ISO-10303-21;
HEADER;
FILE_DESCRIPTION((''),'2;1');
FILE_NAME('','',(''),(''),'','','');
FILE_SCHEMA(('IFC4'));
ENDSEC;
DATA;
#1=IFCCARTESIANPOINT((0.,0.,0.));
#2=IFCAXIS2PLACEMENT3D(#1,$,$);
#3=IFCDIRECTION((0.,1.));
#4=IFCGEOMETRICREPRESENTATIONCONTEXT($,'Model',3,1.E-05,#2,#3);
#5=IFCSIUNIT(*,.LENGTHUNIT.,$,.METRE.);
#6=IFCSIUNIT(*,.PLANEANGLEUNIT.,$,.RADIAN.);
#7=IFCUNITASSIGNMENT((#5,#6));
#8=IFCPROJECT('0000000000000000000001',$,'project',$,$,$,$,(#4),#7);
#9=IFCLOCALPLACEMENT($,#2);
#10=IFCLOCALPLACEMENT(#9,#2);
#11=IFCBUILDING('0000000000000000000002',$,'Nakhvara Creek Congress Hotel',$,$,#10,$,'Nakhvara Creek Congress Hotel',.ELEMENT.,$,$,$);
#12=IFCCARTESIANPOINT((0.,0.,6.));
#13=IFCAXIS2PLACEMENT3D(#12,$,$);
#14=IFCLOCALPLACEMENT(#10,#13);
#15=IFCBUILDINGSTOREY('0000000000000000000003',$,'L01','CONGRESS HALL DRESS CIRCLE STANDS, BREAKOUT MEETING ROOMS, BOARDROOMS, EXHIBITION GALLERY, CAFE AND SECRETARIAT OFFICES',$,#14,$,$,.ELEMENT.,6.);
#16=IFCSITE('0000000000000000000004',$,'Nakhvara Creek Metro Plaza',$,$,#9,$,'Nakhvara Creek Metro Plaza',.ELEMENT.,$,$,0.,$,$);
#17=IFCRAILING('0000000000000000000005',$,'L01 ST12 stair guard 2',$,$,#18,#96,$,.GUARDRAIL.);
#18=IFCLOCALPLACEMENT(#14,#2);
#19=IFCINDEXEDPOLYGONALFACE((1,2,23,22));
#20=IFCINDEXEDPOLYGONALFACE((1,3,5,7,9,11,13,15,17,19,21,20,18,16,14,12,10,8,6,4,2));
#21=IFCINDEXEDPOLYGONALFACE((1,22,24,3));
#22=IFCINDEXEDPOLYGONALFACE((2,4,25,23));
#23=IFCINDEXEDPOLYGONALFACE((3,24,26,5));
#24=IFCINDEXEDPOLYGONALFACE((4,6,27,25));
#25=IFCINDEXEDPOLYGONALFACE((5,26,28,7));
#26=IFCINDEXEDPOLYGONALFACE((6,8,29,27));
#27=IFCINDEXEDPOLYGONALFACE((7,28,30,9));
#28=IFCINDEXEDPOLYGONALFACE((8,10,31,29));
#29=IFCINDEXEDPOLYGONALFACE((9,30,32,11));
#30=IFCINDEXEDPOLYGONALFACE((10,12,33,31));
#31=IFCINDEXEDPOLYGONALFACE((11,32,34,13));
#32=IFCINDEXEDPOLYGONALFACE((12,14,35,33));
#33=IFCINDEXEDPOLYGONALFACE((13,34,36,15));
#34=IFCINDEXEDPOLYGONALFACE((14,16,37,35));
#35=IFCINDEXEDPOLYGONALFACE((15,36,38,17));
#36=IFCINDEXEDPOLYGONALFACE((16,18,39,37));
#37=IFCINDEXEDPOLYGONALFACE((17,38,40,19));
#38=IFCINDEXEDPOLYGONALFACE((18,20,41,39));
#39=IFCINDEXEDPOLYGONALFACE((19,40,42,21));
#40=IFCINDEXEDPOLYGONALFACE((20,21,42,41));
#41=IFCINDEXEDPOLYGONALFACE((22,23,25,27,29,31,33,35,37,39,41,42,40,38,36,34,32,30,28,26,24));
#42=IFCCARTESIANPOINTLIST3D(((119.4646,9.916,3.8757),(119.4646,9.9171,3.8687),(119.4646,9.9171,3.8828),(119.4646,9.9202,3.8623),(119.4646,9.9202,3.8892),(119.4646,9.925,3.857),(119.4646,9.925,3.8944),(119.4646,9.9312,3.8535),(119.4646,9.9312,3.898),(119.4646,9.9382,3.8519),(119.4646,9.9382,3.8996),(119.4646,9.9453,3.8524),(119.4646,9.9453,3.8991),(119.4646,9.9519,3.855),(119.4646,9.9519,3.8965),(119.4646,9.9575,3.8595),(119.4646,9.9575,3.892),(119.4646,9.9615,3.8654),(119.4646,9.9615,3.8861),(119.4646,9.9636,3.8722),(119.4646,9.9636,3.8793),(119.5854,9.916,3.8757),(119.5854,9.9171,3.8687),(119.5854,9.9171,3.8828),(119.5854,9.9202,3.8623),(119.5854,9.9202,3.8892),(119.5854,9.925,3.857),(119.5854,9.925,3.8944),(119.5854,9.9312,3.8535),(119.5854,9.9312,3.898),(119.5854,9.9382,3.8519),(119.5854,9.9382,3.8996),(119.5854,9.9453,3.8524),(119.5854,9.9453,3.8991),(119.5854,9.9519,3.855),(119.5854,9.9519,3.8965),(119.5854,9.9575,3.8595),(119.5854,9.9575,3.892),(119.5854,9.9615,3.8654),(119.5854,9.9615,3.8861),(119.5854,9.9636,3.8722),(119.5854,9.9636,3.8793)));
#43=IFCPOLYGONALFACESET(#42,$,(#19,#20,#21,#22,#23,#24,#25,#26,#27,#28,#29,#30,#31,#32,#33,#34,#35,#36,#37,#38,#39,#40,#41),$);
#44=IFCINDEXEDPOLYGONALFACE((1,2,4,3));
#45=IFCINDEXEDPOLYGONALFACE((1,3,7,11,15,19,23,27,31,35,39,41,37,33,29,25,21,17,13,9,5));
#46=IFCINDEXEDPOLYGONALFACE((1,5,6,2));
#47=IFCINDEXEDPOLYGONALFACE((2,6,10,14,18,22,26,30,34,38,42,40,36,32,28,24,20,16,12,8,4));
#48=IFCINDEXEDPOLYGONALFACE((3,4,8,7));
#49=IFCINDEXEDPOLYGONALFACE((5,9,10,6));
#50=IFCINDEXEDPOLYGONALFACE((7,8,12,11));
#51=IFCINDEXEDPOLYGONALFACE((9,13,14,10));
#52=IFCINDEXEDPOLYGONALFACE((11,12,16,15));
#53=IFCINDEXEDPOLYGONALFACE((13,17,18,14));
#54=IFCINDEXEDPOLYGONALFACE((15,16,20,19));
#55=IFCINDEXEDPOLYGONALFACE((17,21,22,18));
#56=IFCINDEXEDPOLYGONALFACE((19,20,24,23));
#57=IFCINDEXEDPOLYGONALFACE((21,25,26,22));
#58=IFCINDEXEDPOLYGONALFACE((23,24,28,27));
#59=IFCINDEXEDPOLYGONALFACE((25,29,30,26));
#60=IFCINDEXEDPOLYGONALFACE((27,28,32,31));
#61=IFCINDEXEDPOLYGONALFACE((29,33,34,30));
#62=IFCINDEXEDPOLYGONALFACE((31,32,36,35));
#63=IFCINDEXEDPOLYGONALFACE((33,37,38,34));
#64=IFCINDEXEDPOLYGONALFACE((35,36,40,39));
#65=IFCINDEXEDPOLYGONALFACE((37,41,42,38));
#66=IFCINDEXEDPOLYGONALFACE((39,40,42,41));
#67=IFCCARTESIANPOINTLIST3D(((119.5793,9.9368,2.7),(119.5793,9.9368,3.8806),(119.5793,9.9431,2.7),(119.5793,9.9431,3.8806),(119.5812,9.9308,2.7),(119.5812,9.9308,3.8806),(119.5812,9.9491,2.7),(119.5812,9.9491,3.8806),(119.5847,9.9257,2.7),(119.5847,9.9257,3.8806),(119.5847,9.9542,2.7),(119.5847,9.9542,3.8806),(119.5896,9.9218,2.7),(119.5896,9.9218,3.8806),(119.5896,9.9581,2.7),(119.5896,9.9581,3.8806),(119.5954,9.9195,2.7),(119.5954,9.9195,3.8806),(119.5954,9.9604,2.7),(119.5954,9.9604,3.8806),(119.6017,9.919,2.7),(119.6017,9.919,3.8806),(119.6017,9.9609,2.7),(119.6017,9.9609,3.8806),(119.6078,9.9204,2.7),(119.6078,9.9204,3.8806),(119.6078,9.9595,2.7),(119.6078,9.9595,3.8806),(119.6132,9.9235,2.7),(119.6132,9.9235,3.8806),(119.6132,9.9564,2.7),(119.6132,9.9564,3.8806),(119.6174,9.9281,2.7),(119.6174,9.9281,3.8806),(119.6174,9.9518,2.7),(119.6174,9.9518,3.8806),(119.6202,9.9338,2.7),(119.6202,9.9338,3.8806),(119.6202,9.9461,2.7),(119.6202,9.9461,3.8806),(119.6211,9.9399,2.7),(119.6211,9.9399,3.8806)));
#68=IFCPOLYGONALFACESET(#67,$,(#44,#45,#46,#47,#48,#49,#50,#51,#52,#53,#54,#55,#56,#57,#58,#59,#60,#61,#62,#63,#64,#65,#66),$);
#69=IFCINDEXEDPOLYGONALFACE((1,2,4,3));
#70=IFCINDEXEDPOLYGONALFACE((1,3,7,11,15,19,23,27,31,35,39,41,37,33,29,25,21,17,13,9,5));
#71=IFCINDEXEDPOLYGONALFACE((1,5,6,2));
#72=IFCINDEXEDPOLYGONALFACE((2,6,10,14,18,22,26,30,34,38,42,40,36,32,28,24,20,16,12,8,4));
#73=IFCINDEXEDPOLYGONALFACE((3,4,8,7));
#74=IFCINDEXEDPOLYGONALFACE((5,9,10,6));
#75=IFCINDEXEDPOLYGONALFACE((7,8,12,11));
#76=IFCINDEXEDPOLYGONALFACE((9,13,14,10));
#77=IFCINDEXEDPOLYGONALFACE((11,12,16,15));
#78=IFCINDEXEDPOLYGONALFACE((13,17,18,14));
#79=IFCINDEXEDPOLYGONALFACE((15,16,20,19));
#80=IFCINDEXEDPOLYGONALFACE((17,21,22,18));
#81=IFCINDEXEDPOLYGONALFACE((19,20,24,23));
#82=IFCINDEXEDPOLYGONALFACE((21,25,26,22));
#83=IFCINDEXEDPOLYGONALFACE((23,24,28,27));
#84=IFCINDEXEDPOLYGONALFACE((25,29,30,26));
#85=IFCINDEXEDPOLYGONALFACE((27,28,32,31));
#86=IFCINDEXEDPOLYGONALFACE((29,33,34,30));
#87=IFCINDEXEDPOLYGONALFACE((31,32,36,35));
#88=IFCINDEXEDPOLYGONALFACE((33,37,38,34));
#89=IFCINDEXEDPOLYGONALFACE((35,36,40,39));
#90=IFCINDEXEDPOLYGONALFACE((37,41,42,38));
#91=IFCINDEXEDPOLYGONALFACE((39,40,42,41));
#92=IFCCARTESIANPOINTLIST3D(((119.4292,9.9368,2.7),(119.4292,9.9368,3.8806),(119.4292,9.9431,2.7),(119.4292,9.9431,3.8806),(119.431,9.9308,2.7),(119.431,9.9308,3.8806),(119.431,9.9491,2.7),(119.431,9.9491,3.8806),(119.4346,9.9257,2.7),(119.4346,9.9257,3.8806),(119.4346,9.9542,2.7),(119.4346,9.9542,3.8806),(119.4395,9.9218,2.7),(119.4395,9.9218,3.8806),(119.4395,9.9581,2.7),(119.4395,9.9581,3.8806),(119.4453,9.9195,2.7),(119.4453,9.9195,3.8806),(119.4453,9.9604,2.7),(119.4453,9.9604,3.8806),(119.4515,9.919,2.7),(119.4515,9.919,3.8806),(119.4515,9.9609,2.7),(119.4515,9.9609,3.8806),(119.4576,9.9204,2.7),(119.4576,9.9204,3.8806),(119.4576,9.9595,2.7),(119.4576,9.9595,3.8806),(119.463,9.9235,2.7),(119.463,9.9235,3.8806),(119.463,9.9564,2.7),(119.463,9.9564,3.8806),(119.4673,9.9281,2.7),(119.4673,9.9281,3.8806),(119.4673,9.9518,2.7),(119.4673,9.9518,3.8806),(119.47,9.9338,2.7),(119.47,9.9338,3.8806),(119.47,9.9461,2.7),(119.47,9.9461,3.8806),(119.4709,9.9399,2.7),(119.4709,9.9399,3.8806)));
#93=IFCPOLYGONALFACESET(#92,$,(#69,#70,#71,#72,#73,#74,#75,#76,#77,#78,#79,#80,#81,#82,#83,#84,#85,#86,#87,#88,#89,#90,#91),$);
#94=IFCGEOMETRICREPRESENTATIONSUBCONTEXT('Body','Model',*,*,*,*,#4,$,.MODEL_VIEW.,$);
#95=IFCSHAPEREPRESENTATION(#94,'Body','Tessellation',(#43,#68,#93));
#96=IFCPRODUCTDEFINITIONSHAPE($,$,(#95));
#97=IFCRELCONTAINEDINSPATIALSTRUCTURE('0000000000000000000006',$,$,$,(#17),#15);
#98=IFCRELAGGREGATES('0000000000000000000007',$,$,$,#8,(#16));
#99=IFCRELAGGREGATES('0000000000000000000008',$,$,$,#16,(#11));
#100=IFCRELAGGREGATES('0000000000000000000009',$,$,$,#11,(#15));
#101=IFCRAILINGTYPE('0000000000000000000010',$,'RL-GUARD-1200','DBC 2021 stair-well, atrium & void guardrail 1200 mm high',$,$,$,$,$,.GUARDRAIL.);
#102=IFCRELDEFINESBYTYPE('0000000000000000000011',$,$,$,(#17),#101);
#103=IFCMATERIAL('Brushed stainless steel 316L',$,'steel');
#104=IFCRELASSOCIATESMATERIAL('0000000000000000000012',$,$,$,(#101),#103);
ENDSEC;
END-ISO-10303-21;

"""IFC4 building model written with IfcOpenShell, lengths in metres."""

from ifc_helpers import new_model, si_unit, direction, frame, origin, origin_2d, place, context, subcontext, project, spatial, circle, extrude, material, type_object, element, save


model = new_model("IFC4")

# Units and contexts
model_context = context("Model", 3, precision=1e-05, world=origin(), true_north=direction((0.0, 1.0)))
body_context = subcontext(model_context, "Body", "Model", "MODEL_VIEW")
ifc_project = project(units=[si_unit("LENGTHUNIT", "METRE"), si_unit("PLANEANGLEUNIT", "RADIAN")], contexts=[model_context])

# Site, building, storey
site_placement = place(None, origin())
site = spatial("IfcSite", under=ifc_project, at=site_placement, Name="Nakhvara Creek Metro Plaza", LongName="Nakhvara Creek Metro Plaza", CompositionType="ELEMENT", RefElevation=0.0)
building_placement = place(site_placement, origin())
building = spatial("IfcBuilding", under=site, at=building_placement, Name="Nakhvara Creek Congress Hotel", LongName="Nakhvara Creek Congress Hotel", CompositionType="ELEMENT")
storey_placement = place(building_placement, frame((0.0, 0.0, 6.0)))
storey = spatial("IfcBuildingStorey", under=building, at=storey_placement, Name="L01", Description="CONGRESS HALL DRESS CIRCLE STANDS, BREAKOUT MEETING ROOMS, BOARDROOMS, EXHIBITION GALLERY, CAFE AND SECRETARIAT OFFICES", CompositionType="ELEMENT", Elevation=6.0)

# Railing
ifc_material_1 = material(Name="Brushed stainless steel 316L", Category="steel")
railing_type_1 = type_object("IfcRailingType", Name="RL-GUARD-1200", Description="DBC 2021 stair-well, atrium & void guardrail 1200 mm high", PredefinedType="GUARDRAIL", material=ifc_material_1)
railing_1_placement = place(storey_placement, frame((119.6001, 9.9399, 2.7)))
element("IfcRailing", 1, at=railing_1_placement, inside=storey, type_object=railing_type_1, Name="L01 ST12 stair guard 2", PredefinedType="GUARDRAIL", context=body_context, shape_type="SweptSolid", body=[
    extrude(circle(Radius=0.0239, at=origin_2d()), frame((-0.0146, 0.0, 1.1758), z_axis=(-1.0, 0.0, 0.0), x_axis=(0.0, -1.0, 0.0)), (0.0, 0.0, 1.0), 0.1208),
    extrude(circle(Radius=0.021, at=origin_2d()), origin(), (0.0, 0.0, 1.0), 1.1807),
    extrude(circle(Radius=0.021, at=origin_2d()), frame((-0.1501, 0.0, 0.0)), (0.0, 0.0, 1.0), 1.1807),
])

save(model, "model.ifc")
